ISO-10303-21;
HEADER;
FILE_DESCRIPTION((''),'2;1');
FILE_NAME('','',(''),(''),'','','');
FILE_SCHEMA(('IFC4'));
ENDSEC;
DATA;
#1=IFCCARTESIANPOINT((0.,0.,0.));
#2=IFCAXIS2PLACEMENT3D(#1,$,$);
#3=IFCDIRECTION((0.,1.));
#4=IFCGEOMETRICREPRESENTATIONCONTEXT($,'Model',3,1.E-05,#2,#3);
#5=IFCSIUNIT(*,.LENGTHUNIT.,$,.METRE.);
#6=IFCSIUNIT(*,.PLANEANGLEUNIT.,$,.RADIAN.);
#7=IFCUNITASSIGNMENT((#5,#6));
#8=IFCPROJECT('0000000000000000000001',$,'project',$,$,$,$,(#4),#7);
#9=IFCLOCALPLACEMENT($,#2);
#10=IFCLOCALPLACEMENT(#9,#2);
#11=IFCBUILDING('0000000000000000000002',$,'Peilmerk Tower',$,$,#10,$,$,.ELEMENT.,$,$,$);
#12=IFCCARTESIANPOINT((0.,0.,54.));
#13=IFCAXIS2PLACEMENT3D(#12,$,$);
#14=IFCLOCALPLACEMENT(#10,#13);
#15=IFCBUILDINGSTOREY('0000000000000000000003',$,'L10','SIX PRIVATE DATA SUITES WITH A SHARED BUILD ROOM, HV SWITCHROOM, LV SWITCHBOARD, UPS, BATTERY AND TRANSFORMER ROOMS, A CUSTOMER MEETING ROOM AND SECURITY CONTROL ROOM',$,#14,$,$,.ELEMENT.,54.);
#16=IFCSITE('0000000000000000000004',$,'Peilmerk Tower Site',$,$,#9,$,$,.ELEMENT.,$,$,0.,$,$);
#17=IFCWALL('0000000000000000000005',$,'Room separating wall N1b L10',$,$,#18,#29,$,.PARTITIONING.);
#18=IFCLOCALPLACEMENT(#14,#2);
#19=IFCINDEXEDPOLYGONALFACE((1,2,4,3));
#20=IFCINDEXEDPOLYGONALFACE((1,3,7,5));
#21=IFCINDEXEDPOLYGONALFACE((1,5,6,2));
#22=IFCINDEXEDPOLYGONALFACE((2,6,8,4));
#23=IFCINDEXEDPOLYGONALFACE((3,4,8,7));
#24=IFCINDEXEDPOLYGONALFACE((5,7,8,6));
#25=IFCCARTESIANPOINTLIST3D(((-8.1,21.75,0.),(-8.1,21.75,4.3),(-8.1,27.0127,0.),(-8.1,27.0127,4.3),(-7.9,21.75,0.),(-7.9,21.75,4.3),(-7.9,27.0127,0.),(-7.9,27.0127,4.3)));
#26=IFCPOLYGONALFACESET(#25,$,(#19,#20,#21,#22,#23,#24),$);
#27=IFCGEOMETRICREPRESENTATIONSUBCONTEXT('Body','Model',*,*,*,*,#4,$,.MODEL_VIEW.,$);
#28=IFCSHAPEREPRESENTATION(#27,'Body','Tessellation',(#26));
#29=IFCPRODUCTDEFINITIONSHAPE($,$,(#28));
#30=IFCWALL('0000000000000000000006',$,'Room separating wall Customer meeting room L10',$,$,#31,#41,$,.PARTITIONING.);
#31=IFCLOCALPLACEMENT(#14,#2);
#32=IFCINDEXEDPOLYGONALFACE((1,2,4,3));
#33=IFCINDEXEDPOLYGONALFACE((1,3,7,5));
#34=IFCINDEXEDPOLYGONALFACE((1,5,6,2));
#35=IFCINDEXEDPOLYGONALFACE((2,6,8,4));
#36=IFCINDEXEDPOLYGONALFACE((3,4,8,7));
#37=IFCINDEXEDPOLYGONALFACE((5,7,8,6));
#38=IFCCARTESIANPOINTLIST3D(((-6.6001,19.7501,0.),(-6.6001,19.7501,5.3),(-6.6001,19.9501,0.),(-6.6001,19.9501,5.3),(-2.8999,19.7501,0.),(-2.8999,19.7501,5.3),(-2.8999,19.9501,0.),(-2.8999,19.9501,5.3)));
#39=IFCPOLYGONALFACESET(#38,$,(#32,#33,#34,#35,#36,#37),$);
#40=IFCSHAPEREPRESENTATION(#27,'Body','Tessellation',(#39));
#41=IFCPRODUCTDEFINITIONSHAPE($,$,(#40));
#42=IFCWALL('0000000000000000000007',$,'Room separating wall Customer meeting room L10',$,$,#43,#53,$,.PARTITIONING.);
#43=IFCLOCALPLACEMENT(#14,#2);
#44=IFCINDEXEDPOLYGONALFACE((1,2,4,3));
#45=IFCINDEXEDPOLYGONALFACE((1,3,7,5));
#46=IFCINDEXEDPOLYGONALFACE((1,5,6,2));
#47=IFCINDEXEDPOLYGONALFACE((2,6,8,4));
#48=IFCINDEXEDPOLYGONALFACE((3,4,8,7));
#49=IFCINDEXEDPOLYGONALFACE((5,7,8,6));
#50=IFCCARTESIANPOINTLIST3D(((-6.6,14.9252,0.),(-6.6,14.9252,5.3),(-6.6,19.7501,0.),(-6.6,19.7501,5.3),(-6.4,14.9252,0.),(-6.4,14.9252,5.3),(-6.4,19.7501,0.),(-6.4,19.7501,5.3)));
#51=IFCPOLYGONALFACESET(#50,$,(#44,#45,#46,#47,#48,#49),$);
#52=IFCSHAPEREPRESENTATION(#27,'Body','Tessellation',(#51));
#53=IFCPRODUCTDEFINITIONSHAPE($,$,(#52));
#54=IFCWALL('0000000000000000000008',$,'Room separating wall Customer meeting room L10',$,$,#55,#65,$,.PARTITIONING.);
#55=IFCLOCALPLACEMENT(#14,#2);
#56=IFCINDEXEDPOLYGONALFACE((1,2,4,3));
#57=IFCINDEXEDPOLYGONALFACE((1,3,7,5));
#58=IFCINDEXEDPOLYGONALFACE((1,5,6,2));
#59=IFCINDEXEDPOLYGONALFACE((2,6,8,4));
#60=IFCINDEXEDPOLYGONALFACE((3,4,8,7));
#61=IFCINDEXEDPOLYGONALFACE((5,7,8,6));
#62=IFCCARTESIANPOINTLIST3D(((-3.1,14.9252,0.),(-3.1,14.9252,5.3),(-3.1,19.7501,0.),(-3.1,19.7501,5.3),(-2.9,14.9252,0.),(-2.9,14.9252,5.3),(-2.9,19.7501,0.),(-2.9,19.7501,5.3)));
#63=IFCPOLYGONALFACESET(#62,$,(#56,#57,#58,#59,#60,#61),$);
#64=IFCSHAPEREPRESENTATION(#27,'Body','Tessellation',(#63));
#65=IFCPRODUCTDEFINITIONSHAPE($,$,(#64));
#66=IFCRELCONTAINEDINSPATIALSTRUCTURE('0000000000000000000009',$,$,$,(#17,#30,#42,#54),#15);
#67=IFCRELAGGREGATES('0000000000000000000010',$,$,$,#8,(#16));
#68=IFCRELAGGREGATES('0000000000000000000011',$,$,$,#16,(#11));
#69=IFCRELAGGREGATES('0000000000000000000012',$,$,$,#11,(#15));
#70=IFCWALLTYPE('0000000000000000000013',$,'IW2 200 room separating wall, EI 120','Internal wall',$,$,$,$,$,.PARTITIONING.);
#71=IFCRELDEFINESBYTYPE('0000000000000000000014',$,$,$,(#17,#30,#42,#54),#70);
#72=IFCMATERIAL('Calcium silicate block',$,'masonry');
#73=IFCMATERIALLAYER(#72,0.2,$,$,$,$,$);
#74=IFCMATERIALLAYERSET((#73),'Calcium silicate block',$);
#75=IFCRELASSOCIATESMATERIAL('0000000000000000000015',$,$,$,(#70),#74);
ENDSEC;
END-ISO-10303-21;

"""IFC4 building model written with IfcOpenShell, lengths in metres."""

from ifc_helpers import new_model, si_unit, direction, frame, frame_2d, origin, place, context, subcontext, project, spatial, rectangle, extrude, material, layer, layer_set, type_object, element, save


model = new_model("IFC4")

# Units and contexts
model_context = context("Model", 3, precision=1e-05, world=origin(), true_north=direction((0.0, 1.0)))
body_context = subcontext(model_context, "Body", "Model", "MODEL_VIEW")
ifc_project = project(units=[si_unit("LENGTHUNIT", "METRE"), si_unit("PLANEANGLEUNIT", "RADIAN")], contexts=[model_context])

# Site, building, storey
site_placement = place(None, origin())
site = spatial("IfcSite", under=ifc_project, at=site_placement, Name="Peilmerk Tower Site", CompositionType="ELEMENT", RefElevation=0.0)
building_placement = place(site_placement, origin())
building = spatial("IfcBuilding", under=site, at=building_placement, Name="Peilmerk Tower", CompositionType="ELEMENT")
storey_placement = place(building_placement, frame((0.0, 0.0, 54.0)))
storey = spatial("IfcBuildingStorey", under=building, at=storey_placement, Name="L10", Description="SIX PRIVATE DATA SUITES WITH A SHARED BUILD ROOM, HV SWITCHROOM, LV SWITCHBOARD, UPS, BATTERY AND TRANSFORMER ROOMS, A CUSTOMER MEETING ROOM AND SECURITY CONTROL ROOM", CompositionType="ELEMENT", Elevation=54.0)

# Walls
ifc_material_1 = material(Name="Calcium silicate block", Category="masonry")
ifc_layer = layer(ifc_material_1, 0.2)
ifc_layer_set = layer_set([ifc_layer], Name="Calcium silicate block")
wall_type = type_object("IfcWallType", Name="IW2 200 room separating wall, EI 120", Description="Internal wall", PredefinedType="PARTITIONING", material=ifc_layer_set)
wall_1_placement = place(storey_placement, frame((-8.0, 21.75, 0.0), z_axis=(0.0, 0.0, 1.0), x_axis=(0.0, 1.0, 0.0)))
element("IfcWall", 1, at=wall_1_placement, inside=storey, type_object=wall_type, Name="Room separating wall N1b L10", PredefinedType="PARTITIONING", context=body_context, shape_type="SweptSolid", body=[
    extrude(rectangle(XDim=5.2627, YDim=0.2, at=frame_2d((2.6313, 0.0))), origin(), (0.0, 0.0, 1.0), 4.3),
])
wall_2_placement = place(storey_placement, frame((-6.6001, 19.8501, 0.0), z_axis=(0.0, 0.0, 1.0), x_axis=(1.0, 0.0, 0.0)))
element("IfcWall", 2, at=wall_2_placement, inside=storey, type_object=wall_type, Name="Room separating wall Customer meeting room L10", PredefinedType="PARTITIONING", context=body_context, shape_type="SweptSolid", body=[
    extrude(rectangle(XDim=3.7002, YDim=0.2, at=frame_2d((1.8501, 0.0))), origin(), (0.0, 0.0, 1.0), 5.3),
])
for number, where, z_axis, x_axis, name in (
    (3, (-6.5, 14.925, 0.0), (0.0, 0.0, 1.0), (0.0, 1.0, 0.0), "Room separating wall Customer meeting room L10"),
    (4, (-3.0, 14.925, 0.0), (0.0, 0.0, 1.0), (0.0, 1.0, 0.0), "Room separating wall Customer meeting room L10"),
):
    element("IfcWall", number, at=place(storey_placement, frame(where, z_axis=z_axis, x_axis=x_axis)), inside=storey, type_object=wall_type, Name=name, PredefinedType="PARTITIONING", context=body_context, shape_type="SweptSolid", body=[
        extrude(rectangle(XDim=4.825, YDim=0.2, at=frame_2d((2.4126, 0.0))), origin(), (0.0, 0.0, 1.0), 5.3),
    ])

save(model, "model.ifc")
